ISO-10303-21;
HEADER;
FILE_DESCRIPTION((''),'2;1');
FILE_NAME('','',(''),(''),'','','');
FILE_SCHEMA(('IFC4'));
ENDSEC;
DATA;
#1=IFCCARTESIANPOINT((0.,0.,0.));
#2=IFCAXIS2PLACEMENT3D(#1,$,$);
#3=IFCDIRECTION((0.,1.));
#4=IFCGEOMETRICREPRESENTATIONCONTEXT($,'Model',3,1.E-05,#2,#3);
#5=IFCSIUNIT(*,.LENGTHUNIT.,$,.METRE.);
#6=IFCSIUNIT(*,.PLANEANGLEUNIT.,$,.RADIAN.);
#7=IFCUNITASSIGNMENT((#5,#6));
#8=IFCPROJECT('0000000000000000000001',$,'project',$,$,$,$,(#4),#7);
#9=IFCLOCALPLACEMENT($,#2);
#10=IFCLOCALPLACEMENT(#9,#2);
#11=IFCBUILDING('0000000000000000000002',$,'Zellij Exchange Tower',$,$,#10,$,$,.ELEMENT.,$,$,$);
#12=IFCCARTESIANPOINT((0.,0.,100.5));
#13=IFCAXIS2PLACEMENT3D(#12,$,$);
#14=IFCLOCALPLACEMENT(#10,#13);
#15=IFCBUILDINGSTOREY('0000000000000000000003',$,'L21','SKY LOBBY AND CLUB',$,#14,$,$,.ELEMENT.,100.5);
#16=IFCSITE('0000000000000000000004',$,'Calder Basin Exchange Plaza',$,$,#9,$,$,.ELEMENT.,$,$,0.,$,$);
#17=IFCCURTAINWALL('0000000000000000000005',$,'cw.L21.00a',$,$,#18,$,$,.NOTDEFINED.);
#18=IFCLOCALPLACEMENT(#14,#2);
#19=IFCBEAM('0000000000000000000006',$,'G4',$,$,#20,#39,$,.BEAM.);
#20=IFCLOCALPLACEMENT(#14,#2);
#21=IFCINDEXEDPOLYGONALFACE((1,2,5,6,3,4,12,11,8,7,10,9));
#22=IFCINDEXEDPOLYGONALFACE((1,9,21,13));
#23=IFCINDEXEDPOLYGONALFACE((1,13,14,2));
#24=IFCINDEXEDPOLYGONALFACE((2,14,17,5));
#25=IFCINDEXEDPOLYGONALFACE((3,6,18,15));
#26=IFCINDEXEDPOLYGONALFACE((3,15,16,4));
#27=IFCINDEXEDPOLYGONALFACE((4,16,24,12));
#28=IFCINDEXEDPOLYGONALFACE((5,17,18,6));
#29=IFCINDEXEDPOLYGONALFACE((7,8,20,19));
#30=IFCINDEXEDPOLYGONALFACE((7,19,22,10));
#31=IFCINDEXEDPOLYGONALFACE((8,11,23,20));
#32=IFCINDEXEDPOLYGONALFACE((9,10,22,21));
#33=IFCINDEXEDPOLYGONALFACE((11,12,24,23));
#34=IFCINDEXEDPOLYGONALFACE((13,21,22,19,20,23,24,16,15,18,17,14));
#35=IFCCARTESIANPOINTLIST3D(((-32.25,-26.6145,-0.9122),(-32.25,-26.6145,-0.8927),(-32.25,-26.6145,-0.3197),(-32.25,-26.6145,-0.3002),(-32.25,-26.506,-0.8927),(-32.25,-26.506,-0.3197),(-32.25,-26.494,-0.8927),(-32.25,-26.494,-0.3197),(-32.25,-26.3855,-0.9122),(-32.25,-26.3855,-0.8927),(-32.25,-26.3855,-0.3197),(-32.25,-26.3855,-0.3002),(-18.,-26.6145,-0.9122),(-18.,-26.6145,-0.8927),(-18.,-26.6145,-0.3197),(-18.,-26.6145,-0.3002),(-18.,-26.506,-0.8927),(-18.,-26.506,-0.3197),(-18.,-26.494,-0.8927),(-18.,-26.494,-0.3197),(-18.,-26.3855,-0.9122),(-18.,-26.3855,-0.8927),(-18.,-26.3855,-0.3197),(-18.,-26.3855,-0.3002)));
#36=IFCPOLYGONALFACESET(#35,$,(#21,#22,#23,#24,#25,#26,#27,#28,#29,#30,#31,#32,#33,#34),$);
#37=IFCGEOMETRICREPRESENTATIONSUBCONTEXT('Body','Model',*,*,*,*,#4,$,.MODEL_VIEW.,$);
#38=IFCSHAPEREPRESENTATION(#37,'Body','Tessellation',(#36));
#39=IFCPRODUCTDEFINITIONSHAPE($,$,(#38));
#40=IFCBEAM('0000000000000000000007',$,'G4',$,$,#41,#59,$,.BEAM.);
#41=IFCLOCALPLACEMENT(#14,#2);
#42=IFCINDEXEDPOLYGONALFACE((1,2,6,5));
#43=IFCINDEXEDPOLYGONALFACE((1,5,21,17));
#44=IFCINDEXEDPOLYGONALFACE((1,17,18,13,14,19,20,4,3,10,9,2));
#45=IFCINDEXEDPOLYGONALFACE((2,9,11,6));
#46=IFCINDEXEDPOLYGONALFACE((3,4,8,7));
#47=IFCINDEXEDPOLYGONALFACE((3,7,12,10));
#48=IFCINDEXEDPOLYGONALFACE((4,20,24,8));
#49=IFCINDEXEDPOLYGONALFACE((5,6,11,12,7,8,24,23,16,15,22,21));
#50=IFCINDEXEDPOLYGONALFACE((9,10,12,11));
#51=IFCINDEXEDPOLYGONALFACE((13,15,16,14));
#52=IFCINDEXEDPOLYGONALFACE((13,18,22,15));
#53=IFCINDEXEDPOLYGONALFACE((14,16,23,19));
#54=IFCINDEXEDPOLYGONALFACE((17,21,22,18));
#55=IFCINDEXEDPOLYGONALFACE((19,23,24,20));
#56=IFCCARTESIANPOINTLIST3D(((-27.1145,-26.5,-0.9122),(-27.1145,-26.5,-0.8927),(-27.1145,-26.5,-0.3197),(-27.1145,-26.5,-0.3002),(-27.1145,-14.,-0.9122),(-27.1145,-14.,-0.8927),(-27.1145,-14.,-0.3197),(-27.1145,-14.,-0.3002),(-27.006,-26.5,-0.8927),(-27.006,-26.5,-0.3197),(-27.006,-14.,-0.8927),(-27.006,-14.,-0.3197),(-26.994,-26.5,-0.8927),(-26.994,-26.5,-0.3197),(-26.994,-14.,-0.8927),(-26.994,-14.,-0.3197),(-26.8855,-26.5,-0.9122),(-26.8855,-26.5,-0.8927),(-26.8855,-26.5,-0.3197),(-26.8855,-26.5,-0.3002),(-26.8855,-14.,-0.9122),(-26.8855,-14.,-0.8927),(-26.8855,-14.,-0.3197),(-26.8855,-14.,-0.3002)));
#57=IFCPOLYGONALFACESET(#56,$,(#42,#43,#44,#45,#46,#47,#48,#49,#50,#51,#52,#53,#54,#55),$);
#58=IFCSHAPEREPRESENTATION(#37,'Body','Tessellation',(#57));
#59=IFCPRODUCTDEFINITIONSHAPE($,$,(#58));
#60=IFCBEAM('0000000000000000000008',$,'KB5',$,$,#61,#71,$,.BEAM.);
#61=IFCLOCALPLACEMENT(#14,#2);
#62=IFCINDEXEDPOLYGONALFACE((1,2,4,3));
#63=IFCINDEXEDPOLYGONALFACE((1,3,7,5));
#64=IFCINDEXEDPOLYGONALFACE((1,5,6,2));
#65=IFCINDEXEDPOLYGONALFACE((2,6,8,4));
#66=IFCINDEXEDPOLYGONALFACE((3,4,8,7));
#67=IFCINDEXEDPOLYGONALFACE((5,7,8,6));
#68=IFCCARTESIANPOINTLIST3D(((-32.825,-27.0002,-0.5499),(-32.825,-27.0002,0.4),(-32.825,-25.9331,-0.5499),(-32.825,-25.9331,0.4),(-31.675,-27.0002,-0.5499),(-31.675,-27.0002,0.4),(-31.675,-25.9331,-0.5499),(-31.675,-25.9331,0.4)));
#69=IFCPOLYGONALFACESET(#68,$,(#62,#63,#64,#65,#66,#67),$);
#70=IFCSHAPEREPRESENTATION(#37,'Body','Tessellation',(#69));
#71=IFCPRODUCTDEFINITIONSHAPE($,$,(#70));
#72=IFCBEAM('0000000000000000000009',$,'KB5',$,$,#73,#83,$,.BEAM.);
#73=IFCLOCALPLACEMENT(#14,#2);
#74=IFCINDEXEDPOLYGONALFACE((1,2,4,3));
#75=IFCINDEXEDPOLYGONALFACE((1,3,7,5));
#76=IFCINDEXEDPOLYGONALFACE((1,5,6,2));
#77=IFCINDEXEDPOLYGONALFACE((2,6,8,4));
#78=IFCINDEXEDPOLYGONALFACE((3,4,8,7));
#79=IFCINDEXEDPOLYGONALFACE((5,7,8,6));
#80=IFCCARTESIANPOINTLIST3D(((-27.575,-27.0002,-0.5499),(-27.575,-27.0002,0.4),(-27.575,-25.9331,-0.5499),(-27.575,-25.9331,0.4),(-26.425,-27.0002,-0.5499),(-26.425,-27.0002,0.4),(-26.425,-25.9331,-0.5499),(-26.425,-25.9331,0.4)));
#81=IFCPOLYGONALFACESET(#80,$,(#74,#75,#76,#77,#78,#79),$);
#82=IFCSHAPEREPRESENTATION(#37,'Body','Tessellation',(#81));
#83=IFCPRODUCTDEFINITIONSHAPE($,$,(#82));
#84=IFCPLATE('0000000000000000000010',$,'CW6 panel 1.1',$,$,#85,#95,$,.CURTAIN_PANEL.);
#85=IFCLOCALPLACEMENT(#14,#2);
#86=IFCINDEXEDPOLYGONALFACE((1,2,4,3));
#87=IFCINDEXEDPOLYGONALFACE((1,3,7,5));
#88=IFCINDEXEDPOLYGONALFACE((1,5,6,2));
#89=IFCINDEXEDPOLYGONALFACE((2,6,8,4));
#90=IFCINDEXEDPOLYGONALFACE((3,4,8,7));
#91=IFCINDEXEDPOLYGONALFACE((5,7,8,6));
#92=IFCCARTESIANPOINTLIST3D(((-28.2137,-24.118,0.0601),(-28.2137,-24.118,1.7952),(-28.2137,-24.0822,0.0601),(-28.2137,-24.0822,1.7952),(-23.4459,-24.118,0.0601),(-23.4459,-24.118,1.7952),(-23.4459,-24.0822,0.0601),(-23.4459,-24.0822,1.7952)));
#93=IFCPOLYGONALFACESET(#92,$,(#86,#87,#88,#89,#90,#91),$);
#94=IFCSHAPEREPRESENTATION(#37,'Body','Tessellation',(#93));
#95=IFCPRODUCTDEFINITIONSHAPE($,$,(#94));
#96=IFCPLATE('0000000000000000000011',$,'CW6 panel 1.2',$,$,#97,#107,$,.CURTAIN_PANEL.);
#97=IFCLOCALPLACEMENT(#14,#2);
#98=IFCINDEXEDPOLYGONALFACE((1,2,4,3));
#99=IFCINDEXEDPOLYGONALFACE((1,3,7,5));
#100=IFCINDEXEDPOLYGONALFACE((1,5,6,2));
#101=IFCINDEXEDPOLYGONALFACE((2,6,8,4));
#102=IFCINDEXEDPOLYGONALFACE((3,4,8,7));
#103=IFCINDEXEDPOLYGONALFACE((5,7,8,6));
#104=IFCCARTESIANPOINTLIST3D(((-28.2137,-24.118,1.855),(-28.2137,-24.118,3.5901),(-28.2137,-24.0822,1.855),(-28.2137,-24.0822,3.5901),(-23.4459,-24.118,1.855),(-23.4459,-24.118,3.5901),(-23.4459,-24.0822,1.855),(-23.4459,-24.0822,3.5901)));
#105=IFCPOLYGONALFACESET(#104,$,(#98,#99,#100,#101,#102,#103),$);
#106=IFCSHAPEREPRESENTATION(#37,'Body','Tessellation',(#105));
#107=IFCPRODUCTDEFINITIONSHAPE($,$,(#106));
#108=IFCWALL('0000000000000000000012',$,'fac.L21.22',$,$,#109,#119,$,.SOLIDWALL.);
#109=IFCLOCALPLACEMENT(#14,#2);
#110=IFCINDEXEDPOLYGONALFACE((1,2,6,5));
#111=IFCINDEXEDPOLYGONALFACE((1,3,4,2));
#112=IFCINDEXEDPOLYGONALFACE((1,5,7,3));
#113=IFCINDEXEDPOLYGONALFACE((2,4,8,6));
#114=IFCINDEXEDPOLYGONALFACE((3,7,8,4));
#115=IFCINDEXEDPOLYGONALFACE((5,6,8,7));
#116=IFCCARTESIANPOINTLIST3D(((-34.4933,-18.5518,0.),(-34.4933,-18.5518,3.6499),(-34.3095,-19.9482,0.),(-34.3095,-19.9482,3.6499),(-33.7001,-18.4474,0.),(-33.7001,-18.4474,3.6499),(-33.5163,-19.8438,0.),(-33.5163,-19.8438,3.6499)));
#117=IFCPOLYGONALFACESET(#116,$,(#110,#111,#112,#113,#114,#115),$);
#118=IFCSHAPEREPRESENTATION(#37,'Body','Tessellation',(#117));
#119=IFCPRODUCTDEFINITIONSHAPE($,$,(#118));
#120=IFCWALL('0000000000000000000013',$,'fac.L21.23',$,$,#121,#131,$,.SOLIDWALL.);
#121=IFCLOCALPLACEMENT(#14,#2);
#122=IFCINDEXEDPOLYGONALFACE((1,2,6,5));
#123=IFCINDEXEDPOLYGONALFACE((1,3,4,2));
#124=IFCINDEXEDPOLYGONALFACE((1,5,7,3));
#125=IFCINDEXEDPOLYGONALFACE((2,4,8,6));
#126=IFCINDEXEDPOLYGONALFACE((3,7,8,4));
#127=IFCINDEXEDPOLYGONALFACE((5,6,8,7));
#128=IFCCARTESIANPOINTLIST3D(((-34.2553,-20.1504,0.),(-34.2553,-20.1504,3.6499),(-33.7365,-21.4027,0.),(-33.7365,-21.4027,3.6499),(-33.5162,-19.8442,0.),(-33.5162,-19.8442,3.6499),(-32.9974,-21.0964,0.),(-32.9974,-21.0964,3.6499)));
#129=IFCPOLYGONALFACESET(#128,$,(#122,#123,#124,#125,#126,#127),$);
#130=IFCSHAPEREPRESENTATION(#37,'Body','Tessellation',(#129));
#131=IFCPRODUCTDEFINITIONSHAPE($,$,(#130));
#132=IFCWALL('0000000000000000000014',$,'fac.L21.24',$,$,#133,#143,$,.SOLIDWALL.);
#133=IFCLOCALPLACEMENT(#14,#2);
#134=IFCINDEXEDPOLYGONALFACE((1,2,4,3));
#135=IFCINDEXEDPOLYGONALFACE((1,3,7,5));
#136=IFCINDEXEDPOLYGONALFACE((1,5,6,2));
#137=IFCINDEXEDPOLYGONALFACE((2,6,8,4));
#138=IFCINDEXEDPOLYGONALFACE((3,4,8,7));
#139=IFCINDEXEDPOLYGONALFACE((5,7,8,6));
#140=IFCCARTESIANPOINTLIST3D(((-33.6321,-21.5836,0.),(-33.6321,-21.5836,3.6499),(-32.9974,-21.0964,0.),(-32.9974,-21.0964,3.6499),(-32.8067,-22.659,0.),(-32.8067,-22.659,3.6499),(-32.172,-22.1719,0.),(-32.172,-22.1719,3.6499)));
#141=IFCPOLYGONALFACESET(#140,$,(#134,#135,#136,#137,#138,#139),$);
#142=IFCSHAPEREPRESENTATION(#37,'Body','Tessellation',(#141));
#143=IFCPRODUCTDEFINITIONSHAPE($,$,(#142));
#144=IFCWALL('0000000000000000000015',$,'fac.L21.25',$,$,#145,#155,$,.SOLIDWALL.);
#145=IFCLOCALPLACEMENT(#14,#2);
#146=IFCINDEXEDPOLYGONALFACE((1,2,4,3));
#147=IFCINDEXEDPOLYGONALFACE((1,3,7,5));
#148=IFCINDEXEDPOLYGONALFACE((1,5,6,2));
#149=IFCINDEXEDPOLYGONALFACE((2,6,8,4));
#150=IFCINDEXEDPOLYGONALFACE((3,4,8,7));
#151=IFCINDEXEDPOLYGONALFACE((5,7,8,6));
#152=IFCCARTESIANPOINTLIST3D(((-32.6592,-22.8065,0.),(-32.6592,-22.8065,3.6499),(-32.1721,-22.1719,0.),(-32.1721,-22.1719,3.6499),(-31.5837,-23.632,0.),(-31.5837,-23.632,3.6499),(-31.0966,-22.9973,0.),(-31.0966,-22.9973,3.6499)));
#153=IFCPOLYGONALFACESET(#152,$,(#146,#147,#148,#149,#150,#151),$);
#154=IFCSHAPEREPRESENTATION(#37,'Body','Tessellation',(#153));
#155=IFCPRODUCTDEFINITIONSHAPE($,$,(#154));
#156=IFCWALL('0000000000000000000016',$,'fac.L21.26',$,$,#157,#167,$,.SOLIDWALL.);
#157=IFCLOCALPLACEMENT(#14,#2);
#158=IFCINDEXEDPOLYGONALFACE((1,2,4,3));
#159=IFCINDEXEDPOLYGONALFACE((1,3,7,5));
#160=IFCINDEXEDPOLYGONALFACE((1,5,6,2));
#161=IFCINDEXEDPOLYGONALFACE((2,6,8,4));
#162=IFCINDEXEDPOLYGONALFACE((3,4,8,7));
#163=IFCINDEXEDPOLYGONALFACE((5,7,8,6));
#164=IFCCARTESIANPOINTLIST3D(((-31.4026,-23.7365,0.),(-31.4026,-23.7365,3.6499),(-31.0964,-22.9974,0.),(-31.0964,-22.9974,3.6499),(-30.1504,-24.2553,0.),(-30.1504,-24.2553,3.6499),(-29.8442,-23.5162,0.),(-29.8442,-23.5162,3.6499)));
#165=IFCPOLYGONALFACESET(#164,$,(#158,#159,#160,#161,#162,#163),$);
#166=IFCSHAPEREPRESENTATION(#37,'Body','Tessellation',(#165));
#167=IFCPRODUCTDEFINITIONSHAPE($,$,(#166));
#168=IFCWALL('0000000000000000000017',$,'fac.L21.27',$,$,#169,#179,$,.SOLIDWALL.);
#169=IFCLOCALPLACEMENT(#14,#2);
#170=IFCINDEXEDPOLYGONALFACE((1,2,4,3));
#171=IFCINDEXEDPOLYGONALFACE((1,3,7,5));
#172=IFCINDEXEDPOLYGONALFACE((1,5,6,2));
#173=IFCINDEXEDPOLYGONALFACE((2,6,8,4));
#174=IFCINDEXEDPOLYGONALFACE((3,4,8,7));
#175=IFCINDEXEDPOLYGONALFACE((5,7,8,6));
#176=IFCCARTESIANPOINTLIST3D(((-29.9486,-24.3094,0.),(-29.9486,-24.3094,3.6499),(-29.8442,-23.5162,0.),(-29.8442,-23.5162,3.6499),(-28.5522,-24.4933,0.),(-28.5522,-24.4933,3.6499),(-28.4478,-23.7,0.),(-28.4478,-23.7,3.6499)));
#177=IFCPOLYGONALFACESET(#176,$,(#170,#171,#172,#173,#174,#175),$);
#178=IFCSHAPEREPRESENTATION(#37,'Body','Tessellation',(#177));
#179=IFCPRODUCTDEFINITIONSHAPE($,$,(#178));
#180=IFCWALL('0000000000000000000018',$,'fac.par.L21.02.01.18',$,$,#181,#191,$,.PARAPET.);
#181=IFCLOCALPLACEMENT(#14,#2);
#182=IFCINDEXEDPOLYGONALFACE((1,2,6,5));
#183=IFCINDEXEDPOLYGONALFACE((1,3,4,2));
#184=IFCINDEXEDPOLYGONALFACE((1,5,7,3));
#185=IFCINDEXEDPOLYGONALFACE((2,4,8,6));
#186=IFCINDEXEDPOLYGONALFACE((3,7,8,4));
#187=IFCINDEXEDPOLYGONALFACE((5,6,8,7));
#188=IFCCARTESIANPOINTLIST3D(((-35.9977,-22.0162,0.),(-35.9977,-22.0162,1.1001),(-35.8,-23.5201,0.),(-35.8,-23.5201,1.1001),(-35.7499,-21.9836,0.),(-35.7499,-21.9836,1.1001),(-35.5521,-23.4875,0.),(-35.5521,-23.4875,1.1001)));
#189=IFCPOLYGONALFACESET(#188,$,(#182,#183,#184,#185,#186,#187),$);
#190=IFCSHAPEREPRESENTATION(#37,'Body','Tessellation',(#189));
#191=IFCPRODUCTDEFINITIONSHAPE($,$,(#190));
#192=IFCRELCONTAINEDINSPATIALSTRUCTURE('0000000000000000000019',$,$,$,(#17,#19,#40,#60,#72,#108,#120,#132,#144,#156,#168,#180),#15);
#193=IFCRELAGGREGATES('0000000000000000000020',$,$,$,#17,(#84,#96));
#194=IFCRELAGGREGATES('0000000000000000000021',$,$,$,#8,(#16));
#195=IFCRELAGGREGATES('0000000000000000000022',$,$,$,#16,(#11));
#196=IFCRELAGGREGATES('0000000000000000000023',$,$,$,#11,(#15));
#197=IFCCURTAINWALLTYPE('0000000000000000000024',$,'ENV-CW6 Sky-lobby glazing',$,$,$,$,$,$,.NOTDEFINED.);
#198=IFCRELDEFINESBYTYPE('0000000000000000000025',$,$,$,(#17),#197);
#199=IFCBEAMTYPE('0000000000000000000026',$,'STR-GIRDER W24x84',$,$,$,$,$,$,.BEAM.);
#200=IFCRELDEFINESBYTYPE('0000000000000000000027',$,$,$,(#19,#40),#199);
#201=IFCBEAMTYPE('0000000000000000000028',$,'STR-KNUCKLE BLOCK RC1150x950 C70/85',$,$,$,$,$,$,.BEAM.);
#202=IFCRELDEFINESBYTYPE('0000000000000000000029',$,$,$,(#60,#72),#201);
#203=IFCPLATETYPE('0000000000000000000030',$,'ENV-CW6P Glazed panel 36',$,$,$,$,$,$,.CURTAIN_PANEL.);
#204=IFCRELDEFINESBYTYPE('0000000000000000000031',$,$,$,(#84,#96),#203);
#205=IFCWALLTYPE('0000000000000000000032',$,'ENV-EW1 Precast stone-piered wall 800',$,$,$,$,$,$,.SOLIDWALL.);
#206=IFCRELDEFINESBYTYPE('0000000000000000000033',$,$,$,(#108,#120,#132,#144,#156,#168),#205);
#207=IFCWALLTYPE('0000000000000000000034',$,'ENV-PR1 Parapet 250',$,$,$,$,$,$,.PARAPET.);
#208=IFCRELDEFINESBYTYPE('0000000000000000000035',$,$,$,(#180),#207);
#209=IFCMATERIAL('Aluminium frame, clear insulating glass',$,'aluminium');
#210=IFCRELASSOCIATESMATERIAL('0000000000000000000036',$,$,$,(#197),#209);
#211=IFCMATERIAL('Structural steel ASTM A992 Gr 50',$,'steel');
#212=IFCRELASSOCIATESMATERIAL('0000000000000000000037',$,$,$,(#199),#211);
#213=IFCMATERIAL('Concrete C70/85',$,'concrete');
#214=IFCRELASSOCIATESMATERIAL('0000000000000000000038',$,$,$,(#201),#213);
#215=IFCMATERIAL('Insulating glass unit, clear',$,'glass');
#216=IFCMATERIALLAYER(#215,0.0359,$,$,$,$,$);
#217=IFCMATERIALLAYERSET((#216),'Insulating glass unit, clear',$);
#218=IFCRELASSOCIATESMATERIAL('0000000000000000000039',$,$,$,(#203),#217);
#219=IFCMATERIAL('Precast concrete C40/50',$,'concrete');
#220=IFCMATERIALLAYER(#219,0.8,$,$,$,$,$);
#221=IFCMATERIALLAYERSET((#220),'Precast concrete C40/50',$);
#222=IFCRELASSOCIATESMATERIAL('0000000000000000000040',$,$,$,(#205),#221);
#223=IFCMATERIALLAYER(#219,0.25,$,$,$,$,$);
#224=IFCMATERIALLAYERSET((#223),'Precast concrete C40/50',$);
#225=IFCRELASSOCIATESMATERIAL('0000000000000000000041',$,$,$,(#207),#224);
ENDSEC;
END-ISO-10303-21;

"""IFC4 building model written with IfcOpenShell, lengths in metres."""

from ifc_helpers import new_model, si_unit, direction, frame, frame_2d, origin, origin_2d, place, context, subcontext, project, spatial, rectangle, i_section, extrude, material, layer, layer_set, material_profile, profile_set, type_object, element, aggregate, save


model = new_model("IFC4")

# Units and contexts
model_context = context("Model", 3, precision=1e-05, world=origin(), true_north=direction((0.0, 1.0)))
body_context = subcontext(model_context, "Body", "Model", "MODEL_VIEW")
ifc_project = project(units=[si_unit("LENGTHUNIT", "METRE"), si_unit("PLANEANGLEUNIT", "RADIAN")], contexts=[model_context])

# Site, building, storey
site_placement = place(None, origin())
site = spatial("IfcSite", under=ifc_project, at=site_placement, Name="Calder Basin Exchange Plaza", CompositionType="ELEMENT", RefElevation=0.0)
building_placement = place(site_placement, origin())
building = spatial("IfcBuilding", under=site, at=building_placement, Name="Zellij Exchange Tower", CompositionType="ELEMENT")
storey_placement = place(building_placement, frame((0.0, 0.0, 100.5)))
storey = spatial("IfcBuildingStorey", under=building, at=storey_placement, Name="L21", Description="SKY LOBBY AND CLUB", CompositionType="ELEMENT", Elevation=100.5)

# Shared definitions
ifc_material_1 = material(Name="Concrete C70/85", Category="concrete")

# Curtain wall
ifc_material_2 = material(Name="Aluminium frame, clear insulating glass", Category="aluminium")
curtain_wall_type = type_object("IfcCurtainWallType", Name="ENV-CW6 Sky-lobby glazing", PredefinedType="NOTDEFINED", material=ifc_material_2)
curtain_wall_placement = place(storey_placement, origin())
curtain_wall = element("IfcCurtainWall", 1, at=curtain_wall_placement, inside=storey, type_object=curtain_wall_type, Name="cw.L21.00a", PredefinedType="NOTDEFINED")

# Beams
ifc_material_3 = material(Name="Structural steel ASTM A992 Gr 50", Category="steel")
ifc_material_profile_1 = material_profile(ifc_material_3, i_section(OverallWidth=0.229, OverallDepth=0.6121, WebThickness=0.012, FlangeThickness=0.0195, at=origin_2d()), Name="W24x84")
ifc_profile_set_1 = profile_set([ifc_material_profile_1], Name="Structural steel ASTM A992 Gr 50")
beam_type_1 = type_object("IfcBeamType", Name="STR-GIRDER W24x84", PredefinedType="BEAM", material=ifc_profile_set_1)
beam_1_placement = place(storey_placement, frame((-32.25, -26.5, -0.6062), z_axis=(1.0, 0.0, 0.0), x_axis=(0.0, 1.0, 0.0)))
element("IfcBeam", 2, at=beam_1_placement, inside=storey, type_object=beam_type_1, Name="G4", PredefinedType="BEAM", context=body_context, shape_type="SweptSolid", body=[
    extrude(i_section(OverallWidth=0.229, OverallDepth=0.6121, WebThickness=0.012, FlangeThickness=0.0195, at=origin_2d()), origin(), (0.0, 0.0, 1.0), 14.25),
])
beam_2_placement = place(storey_placement, frame((-27.0, -26.5, -0.6062), z_axis=(0.0, 1.0, 0.0), x_axis=(-1.0, 0.0, 0.0)))
element("IfcBeam", 3, at=beam_2_placement, inside=storey, type_object=beam_type_1, Name="G4", PredefinedType="BEAM", context=body_context, shape_type="SweptSolid", body=[
    extrude(i_section(OverallWidth=0.229, OverallDepth=0.6121, WebThickness=0.012, FlangeThickness=0.0195, at=origin_2d()), origin(), (0.0, 0.0, 1.0), 12.5),
])
ifc_material_profile_2 = material_profile(ifc_material_1, rectangle(XDim=1.1499, YDim=0.95, at=origin_2d()), Name="STR-KNUCKLE BLOCK RC1150x950 C70/85")
ifc_profile_set_2 = profile_set([ifc_material_profile_2], Name="Concrete C70/85")
beam_type_2 = type_object("IfcBeamType", Name="STR-KNUCKLE BLOCK RC1150x950 C70/85", PredefinedType="BEAM", material=ifc_profile_set_2)
for number, where, z_axis, x_axis, name in (
    (4, (-32.25, -27.0002, -0.075), (0.0, 1.0, 0.0), (-1.0, 0.0, 0.0), "KB5"),
    (5, (-27.0, -27.0002, -0.075), (0.0, 1.0, 0.0), (-1.0, 0.0, 0.0), "KB5"),
):
    element("IfcBeam", number, at=place(storey_placement, frame(where, z_axis=z_axis, x_axis=x_axis)), inside=storey, type_object=beam_type_2, Name=name, PredefinedType="BEAM", context=body_context, shape_type="SweptSolid", body=[
        extrude(rectangle(XDim=1.1499, YDim=0.95, at=origin_2d()), origin(), (0.0, 0.0, 1.0), 1.0671),
    ])

# Plates
ifc_material_4 = material(Name="Insulating glass unit, clear", Category="glass")
ifc_layer_1 = layer(ifc_material_4, 0.0359)
ifc_layer_set_1 = layer_set([ifc_layer_1], Name="Insulating glass unit, clear")
plate_type = type_object("IfcPlateType", Name="ENV-CW6P Glazed panel 36", PredefinedType="CURTAIN_PANEL", material=ifc_layer_set_1)
plate_1_placement = place(storey_placement, frame((-25.8298, -24.1001, 0.0601), z_axis=(0.0, 0.0, 1.0), x_axis=(1.0, 0.0, 0.0)))
plate_1 = element("IfcPlate", 6, at=plate_1_placement, type_object=plate_type, Name="CW6 panel 1.1", PredefinedType="CURTAIN_PANEL", context=body_context, shape_type="SweptSolid", body=[
    extrude(rectangle(XDim=4.7678, YDim=0.0359, at=origin_2d()), origin(), (0.0, 0.0, 1.0), 1.7351),
])
plate_2_placement = place(storey_placement, frame((-25.8298, -24.1001, 1.855), z_axis=(0.0, 0.0, 1.0), x_axis=(1.0, 0.0, 0.0)))
plate_2 = element("IfcPlate", 7, at=plate_2_placement, type_object=plate_type, Name="CW6 panel 1.2", PredefinedType="CURTAIN_PANEL", context=body_context, shape_type="SweptSolid", body=[
    extrude(rectangle(XDim=4.7678, YDim=0.0359, at=origin_2d()), origin(), (0.0, 0.0, 1.0), 1.7351),
])
aggregate(curtain_wall, [plate_1, plate_2])

# Walls
ifc_material_5 = material(Name="Precast concrete C40/50", Category="concrete")
ifc_layer_2 = layer(ifc_material_5, 0.8)
ifc_layer_set_2 = layer_set([ifc_layer_2], Name="Precast concrete C40/50")
wall_type_1 = type_object("IfcWallType", Name="ENV-EW1 Precast stone-piered wall 800", PredefinedType="SOLIDWALL", material=ifc_layer_set_2)
wall_1_placement = place(storey_placement, frame((-34.0967, -18.4998, 0.0), z_axis=(0.0, 0.0, 1.0), x_axis=(0.130517, -0.991446, 0.0)))
element("IfcWall", 8, at=wall_1_placement, inside=storey, type_object=wall_type_1, Name="fac.L21.22", PredefinedType="SOLIDWALL", context=body_context, shape_type="SweptSolid", body=[
    extrude(rectangle(XDim=1.4084, YDim=0.8, at=frame_2d((0.7041, 0.0))), origin(), (0.0, 0.0, 1.0), 3.6499),
])
wall_2_placement = place(storey_placement, frame((-33.8857, -19.9973, 0.0), z_axis=(0.0, 0.0, 1.0), x_axis=(0.38276, -0.923848, 0.0)))
element("IfcWall", 9, at=wall_2_placement, inside=storey, type_object=wall_type_1, Name="fac.L21.23", PredefinedType="SOLIDWALL", context=body_context, shape_type="SweptSolid", body=[
    extrude(rectangle(XDim=1.3555, YDim=0.8, at=frame_2d((0.6777, 0.0))), origin(), (0.0, 0.0, 1.0), 3.6499),
])
for number, where, z_axis, x_axis, name in (
    (10, (-33.3147, -21.3401, 0.0), (0.0, 0.0, 1.0), (0.608866, -0.793273, 0.0), "fac.L21.24"),
    (11, (-32.4155, -22.4893, 0.0), (0.0, 0.0, 1.0), (0.793273, -0.608866, 0.0), "fac.L21.25"),
):
    element("IfcWall", number, at=place(storey_placement, frame(where, z_axis=z_axis, x_axis=x_axis)), inside=storey, type_object=wall_type_1, Name=name, PredefinedType="SOLIDWALL", context=body_context, shape_type="SweptSolid", body=[
        extrude(rectangle(XDim=1.3557, YDim=0.8, at=frame_2d((0.6777, 0.0))), origin(), (0.0, 0.0, 1.0), 3.6499),
    ])
wall_3_placement = place(storey_placement, frame((-31.2495, -23.3669, 0.0), z_axis=(0.0, 0.0, 1.0), x_axis=(0.923848, -0.38276, 0.0)))
element("IfcWall", 12, at=wall_3_placement, inside=storey, type_object=wall_type_1, Name="fac.L21.26", PredefinedType="SOLIDWALL", context=body_context, shape_type="SweptSolid", body=[
    extrude(rectangle(XDim=1.3555, YDim=0.8, at=frame_2d((0.6777, 0.0))), origin(), (0.0, 0.0, 1.0), 3.6499),
])
wall_4_placement = place(storey_placement, frame((-29.8962, -23.9128, 0.0), z_axis=(0.0, 0.0, 1.0), x_axis=(0.991446, -0.130517, 0.0)))
element("IfcWall", 13, at=wall_4_placement, inside=storey, type_object=wall_type_1, Name="fac.L21.27", PredefinedType="SOLIDWALL", context=body_context, shape_type="SweptSolid", body=[
    extrude(rectangle(XDim=1.4084, YDim=0.8, at=frame_2d((0.7041, 0.0))), origin(), (0.0, 0.0, 1.0), 3.6499),
])
ifc_layer_3 = layer(ifc_material_5, 0.25)
ifc_layer_set_3 = layer_set([ifc_layer_3], Name="Precast concrete C40/50")
wall_type_2 = type_object("IfcWallType", Name="ENV-PR1 Parapet 250", PredefinedType="PARAPET", material=ifc_layer_set_3)
wall_5_placement = place(storey_placement, frame((-35.8738, -22.0, 0.0), z_axis=(0.0, 0.0, 1.0), x_axis=(0.130371, -0.991465, 0.0)))
element("IfcWall", 14, at=wall_5_placement, inside=storey, type_object=wall_type_2, Name="fac.par.L21.02.01.18", PredefinedType="PARAPET", context=body_context, shape_type="SweptSolid", body=[
    extrude(rectangle(XDim=1.5168, YDim=0.25, at=frame_2d((0.7583, 0.0))), origin(), (0.0, 0.0, 1.0), 1.1001),
])

save(model, "model.ifc")
